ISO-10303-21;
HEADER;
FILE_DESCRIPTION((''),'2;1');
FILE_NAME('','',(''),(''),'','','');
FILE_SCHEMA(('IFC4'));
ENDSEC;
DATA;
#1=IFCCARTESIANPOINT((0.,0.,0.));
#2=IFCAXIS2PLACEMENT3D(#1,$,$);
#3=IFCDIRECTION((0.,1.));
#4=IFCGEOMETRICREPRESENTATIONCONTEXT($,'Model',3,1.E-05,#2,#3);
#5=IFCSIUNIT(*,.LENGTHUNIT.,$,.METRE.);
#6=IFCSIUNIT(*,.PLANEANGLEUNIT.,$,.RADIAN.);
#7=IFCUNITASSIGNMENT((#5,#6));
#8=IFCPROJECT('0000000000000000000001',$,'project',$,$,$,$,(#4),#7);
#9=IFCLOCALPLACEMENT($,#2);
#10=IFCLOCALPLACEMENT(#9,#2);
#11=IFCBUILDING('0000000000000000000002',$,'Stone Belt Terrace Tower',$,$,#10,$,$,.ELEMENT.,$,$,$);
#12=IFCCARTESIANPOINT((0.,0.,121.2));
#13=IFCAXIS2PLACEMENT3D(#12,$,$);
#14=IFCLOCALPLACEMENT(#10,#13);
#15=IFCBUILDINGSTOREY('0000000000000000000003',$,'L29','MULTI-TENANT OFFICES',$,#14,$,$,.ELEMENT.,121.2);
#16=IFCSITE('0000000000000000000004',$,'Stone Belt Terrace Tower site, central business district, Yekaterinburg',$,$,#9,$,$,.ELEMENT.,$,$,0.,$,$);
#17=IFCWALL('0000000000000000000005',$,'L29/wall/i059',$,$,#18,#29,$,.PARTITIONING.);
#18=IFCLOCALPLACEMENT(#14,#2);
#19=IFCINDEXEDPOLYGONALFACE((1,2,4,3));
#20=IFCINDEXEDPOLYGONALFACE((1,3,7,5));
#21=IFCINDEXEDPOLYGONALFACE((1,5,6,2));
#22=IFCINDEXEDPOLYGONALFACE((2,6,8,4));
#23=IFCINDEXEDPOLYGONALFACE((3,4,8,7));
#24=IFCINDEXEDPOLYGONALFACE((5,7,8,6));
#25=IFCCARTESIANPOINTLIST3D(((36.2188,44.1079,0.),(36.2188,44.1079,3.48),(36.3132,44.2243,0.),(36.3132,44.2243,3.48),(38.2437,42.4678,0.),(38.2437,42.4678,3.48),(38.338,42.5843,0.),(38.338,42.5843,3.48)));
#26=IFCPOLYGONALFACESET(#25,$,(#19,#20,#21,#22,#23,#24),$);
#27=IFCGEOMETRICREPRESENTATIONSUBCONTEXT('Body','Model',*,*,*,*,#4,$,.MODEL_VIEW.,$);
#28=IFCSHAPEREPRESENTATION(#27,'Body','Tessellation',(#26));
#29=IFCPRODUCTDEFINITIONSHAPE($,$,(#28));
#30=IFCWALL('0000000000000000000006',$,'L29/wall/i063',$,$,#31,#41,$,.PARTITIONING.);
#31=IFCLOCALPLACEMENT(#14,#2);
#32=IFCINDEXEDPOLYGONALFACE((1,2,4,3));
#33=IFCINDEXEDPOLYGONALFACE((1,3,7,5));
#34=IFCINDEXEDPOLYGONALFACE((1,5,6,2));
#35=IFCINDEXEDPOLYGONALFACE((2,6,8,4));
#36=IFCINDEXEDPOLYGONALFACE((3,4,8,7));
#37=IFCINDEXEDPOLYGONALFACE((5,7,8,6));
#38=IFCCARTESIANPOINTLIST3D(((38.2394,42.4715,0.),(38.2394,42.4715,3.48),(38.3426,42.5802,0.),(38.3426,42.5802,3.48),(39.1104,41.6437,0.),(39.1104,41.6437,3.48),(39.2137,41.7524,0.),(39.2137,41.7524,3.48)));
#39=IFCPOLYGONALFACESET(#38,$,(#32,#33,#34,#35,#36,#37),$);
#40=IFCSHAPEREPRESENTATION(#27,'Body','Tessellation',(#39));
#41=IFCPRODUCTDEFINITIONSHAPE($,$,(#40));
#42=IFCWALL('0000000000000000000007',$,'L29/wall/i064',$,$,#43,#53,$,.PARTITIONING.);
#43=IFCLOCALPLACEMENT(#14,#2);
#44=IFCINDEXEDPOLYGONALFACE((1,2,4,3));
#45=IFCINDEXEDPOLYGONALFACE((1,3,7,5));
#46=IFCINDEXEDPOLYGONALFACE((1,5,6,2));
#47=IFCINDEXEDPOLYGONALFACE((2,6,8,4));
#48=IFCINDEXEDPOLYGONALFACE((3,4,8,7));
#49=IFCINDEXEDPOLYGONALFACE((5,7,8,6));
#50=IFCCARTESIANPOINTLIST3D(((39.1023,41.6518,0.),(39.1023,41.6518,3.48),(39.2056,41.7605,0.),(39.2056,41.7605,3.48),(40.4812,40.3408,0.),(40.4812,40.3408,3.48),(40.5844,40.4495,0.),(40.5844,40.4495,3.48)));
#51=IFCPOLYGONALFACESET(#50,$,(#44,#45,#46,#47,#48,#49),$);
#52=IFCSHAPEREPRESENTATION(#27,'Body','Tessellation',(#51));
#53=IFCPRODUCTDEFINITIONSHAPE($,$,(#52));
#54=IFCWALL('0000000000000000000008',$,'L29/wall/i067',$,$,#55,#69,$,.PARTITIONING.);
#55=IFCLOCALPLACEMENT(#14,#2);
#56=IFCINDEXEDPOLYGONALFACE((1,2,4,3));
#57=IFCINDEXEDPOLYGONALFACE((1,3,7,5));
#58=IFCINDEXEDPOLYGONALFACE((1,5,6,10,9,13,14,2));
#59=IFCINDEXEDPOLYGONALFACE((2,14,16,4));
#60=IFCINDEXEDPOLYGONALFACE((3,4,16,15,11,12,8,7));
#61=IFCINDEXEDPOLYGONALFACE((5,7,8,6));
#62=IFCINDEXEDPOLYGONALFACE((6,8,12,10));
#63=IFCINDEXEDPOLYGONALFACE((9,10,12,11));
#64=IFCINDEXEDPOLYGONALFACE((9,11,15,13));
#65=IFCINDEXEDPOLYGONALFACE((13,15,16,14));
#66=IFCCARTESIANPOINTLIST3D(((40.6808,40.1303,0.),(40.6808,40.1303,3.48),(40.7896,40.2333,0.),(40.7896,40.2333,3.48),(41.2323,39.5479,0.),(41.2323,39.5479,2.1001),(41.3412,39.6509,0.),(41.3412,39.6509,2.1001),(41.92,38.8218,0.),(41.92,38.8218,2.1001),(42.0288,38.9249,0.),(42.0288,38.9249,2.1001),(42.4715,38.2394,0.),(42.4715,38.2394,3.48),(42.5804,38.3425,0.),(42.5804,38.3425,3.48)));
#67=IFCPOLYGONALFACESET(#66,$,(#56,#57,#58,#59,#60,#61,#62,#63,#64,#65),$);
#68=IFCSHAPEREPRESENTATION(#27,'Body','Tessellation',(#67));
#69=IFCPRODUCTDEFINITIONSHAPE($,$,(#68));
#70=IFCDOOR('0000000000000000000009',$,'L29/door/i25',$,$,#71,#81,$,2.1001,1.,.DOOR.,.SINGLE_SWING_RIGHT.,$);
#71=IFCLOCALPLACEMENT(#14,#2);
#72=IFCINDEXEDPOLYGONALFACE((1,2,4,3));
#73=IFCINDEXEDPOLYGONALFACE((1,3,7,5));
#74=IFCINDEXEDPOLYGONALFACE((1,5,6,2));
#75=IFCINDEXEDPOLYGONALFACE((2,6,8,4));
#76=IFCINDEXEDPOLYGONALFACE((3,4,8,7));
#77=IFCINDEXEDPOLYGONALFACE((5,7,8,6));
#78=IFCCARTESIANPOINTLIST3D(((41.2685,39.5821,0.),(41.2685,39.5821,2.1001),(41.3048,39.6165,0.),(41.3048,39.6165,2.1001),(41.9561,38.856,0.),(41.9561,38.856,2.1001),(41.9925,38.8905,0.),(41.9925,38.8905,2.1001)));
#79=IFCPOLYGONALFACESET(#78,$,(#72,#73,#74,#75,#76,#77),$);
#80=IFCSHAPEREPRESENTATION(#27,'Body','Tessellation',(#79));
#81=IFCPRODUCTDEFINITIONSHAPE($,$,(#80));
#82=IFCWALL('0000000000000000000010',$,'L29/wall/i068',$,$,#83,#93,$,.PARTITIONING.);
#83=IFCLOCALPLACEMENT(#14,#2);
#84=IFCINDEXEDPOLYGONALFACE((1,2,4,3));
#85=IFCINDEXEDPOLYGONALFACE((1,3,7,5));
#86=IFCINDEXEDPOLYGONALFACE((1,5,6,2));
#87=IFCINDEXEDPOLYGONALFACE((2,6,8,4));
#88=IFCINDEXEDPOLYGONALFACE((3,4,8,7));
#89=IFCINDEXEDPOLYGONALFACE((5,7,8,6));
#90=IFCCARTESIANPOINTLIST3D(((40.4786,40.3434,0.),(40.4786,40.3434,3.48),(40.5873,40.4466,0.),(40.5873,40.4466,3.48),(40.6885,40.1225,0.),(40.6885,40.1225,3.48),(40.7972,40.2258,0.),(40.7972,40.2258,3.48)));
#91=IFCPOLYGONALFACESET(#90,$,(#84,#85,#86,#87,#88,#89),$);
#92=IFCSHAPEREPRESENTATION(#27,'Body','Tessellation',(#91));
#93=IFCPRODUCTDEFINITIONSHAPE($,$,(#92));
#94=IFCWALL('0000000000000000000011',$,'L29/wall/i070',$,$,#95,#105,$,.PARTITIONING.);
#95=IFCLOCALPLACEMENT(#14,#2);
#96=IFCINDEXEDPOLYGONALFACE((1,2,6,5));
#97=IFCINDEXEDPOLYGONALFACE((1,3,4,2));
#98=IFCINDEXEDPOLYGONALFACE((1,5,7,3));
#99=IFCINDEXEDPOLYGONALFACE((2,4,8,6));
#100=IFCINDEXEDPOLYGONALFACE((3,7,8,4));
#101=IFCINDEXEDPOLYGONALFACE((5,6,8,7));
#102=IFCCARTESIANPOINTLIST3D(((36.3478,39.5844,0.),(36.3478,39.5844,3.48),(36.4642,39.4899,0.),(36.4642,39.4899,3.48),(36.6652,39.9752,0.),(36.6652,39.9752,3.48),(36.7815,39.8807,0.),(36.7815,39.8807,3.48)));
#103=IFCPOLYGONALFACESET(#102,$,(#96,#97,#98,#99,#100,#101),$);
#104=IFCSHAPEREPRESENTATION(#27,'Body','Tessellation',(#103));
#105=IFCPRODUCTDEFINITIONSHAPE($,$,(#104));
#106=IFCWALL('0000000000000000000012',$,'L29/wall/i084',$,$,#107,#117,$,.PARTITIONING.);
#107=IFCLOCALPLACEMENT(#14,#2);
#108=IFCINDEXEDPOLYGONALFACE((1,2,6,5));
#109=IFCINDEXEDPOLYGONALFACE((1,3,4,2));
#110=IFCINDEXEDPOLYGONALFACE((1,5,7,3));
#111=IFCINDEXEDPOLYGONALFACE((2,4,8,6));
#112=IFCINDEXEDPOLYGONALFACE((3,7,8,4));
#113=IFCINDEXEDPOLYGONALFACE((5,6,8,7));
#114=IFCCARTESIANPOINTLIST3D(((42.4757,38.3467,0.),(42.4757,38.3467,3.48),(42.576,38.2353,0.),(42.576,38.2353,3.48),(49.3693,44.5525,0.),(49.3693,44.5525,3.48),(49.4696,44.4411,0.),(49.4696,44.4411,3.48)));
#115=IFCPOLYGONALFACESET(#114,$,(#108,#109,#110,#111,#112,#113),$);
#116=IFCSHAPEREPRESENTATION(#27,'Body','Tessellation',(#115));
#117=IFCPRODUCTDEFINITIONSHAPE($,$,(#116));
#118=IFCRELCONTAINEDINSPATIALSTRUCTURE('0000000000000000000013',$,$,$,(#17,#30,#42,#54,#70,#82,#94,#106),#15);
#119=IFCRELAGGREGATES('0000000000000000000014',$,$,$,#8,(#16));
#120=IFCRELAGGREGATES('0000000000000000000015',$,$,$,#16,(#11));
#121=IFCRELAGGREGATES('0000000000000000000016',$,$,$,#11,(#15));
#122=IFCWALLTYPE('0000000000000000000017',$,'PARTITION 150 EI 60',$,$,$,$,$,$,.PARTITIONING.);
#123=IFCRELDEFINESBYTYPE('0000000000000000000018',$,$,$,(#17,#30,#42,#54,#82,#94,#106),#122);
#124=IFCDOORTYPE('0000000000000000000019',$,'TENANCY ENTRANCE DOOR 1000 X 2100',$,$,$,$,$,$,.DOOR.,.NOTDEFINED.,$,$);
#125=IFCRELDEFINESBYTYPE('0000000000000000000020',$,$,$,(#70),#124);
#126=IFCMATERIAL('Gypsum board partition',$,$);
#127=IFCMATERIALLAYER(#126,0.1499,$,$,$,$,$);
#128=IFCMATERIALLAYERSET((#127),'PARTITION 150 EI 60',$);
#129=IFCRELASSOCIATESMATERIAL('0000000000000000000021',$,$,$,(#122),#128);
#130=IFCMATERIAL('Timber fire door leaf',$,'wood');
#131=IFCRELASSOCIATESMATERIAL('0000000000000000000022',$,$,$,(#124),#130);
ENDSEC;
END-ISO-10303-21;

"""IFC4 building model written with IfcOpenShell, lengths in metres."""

from ifc_helpers import new_model, si_unit, direction, frame, frame_2d, origin, place, context, subcontext, project, spatial, rectangle, extrude, material, layer, layer_set, type_object, element, fill, save


model = new_model("IFC4")

# Units and contexts
model_context = context("Model", 3, precision=1e-05, world=origin(), true_north=direction((0.0, 1.0)))
body_context = subcontext(model_context, "Body", "Model", "MODEL_VIEW")
ifc_project = project(units=[si_unit("LENGTHUNIT", "METRE"), si_unit("PLANEANGLEUNIT", "RADIAN")], contexts=[model_context])

# Site, building, storey
site_placement = place(None, origin())
site = spatial("IfcSite", under=ifc_project, at=site_placement, Name="Stone Belt Terrace Tower site, central business district, Yekaterinburg", CompositionType="ELEMENT", RefElevation=0.0)
building_placement = place(site_placement, origin())
building = spatial("IfcBuilding", under=site, at=building_placement, Name="Stone Belt Terrace Tower", CompositionType="ELEMENT")
storey_placement = place(building_placement, frame((0.0, 0.0, 121.2)))
storey = spatial("IfcBuildingStorey", under=building, at=storey_placement, Name="L29", Description="MULTI-TENANT OFFICES", CompositionType="ELEMENT", Elevation=121.2)

# Shared definitions
ifc_material_1 = material(Name="Gypsum board partition")

# Shared definitions
ifc_layer_1 = layer(ifc_material_1, 0.1499)
ifc_layer_set_1 = layer_set([ifc_layer_1], Name="PARTITION 150 EI 60")
wall_type_1 = type_object("IfcWallType", Name="PARTITION 150 EI 60", PredefinedType="PARTITIONING", material=ifc_layer_set_1)
ifc_material_2 = material(Name="Timber fire door leaf", Category="wood")
door_type_1 = type_object("IfcDoorType", Name="TENANCY ENTRANCE DOOR 1000 X 2100", OperationType="NOTDEFINED", PredefinedType="DOOR", material=ifc_material_2)

# Walls
wall_1_placement = place(storey_placement, frame((36.2661, 44.166, 0.0), z_axis=(0.0, 0.0, 1.0), x_axis=(0.77707, -0.629414, 0.0)))
element("IfcWall", 1, at=wall_1_placement, inside=storey, type_object=wall_type_1, Name="L29/wall/i059", PredefinedType="PARTITIONING", context=body_context, shape_type="SweptSolid", body=[
    extrude(rectangle(XDim=2.6057, YDim=0.1499, at=frame_2d((1.3027, 0.0))), origin(), (0.0, 0.0, 1.0), 3.48),
])
wall_2_placement = place(storey_placement, frame((38.291, 42.5259, 0.0), z_axis=(0.0, 0.0, 1.0), x_axis=(0.724857, -0.688899, 0.0)))
element("IfcWall", 2, at=wall_2_placement, inside=storey, type_object=wall_type_1, Name="L29/wall/i063", PredefinedType="PARTITIONING", context=body_context, shape_type="SweptSolid", body=[
    extrude(rectangle(XDim=1.2017, YDim=0.1499, at=frame_2d((0.6008, 0.0))), origin(), (0.0, 0.0, 1.0), 3.48),
])
wall_3_placement = place(storey_placement, frame((39.1541, 41.7061, 0.0), z_axis=(0.0, 0.0, 1.0), x_axis=(0.724717, -0.689046, 0.0)))
element("IfcWall", 3, at=wall_3_placement, inside=storey, type_object=wall_type_1, Name="L29/wall/i064", PredefinedType="PARTITIONING", context=body_context, shape_type="SweptSolid", body=[
    extrude(rectangle(XDim=1.9026, YDim=0.1499, at=frame_2d((0.9512, 0.0))), origin(), (0.0, 0.0, 1.0), 3.48),
])

# Wall, opening, door
wall_4_placement = place(storey_placement, frame((40.7351, 40.1819, 0.0), z_axis=(0.0, 0.0, 1.0), x_axis=(0.687628, -0.726064, 0.0)))
wall_4 = element("IfcWall", 4, at=wall_4_placement, inside=storey, type_object=wall_type_1, Name="L29/wall/i067", PredefinedType="PARTITIONING", context=body_context, shape_type="SweptSolid", body=[
    extrude(rectangle(XDim=2.6042, YDim=0.1499, at=frame_2d((1.3022, 0.0))), origin(), (0.0, 0.0, 1.0), 3.48),
])
opening_1_placement = place(wall_4_placement, frame((0.8022, 0.0, 0.0)))
opening_1 = element("IfcOpeningElement", 5, at=opening_1_placement, cuts=wall_4, PredefinedType="OPENING", context=body_context, shape_type="SweptSolid", body=[
    extrude(rectangle(XDim=1.0, YDim=2.1001, at=frame_2d((0.5, 1.05))), frame((0.0, 0.085, 0.0), z_axis=(0.0, -1.0, 0.0), x_axis=(1.0, 0.0, 0.0)), (0.0, 0.0, 1.0), 0.1699),
])
door_1_placement = place(opening_1_placement, origin())
door_1 = element("IfcDoor", 6, at=door_1_placement, inside=storey, type_object=door_type_1, Name="L29/door/i25", OperationType="SINGLE_SWING_RIGHT", OverallHeight=2.1001, OverallWidth=1.0, PredefinedType="DOOR", context=body_context, shape_type="SweptSolid", body=[
    extrude(rectangle(XDim=1.0, YDim=2.1001, at=frame_2d((0.5, 1.05))), frame((0.0, 0.0249, 0.0), z_axis=(0.0, -1.0, 0.0), x_axis=(1.0, 0.0, 0.0)), (0.0, 0.0, 1.0), 0.05),
])
fill(opening_1, door_1)

# Walls
wall_5_placement = place(storey_placement, frame((40.533, 40.395, 0.0), z_axis=(0.0, 0.0, 1.0), x_axis=(0.688855, -0.724899, 0.0)))
element("IfcWall", 7, at=wall_5_placement, inside=storey, type_object=wall_type_1, Name="L29/wall/i068", PredefinedType="PARTITIONING", context=body_context, shape_type="SweptSolid", body=[
    extrude(rectangle(XDim=0.3047, YDim=0.1499, at=frame_2d((0.1523, 0.0))), origin(), (0.0, 0.0, 1.0), 3.48),
])
wall_6_placement = place(storey_placement, frame((36.406, 39.5371, 0.0), z_axis=(0.0, 0.0, 1.0), x_axis=(0.630355, 0.776307, 0.0)))
element("IfcWall", 8, at=wall_6_placement, inside=storey, type_object=wall_type_1, Name="L29/wall/i070", PredefinedType="PARTITIONING", context=body_context, shape_type="SweptSolid", body=[
    extrude(rectangle(XDim=0.5034, YDim=0.1499, at=frame_2d((0.2517, 0.0))), origin(), (0.0, 0.0, 1.0), 3.48),
])
wall_7_placement = place(storey_placement, frame((49.4194, 44.4968, 0.0), z_axis=(0.0, 0.0, 1.0), x_axis=(-0.743208, -0.669061, 0.0)))
element("IfcWall", 9, at=wall_7_placement, inside=storey, type_object=wall_type_1, Name="L29/wall/i084", PredefinedType="PARTITIONING", context=body_context, shape_type="SweptSolid", body=[
    extrude(rectangle(XDim=9.2754, YDim=0.1499, at=frame_2d((4.6377, 0.0))), origin(), (0.0, 0.0, 1.0), 3.48),
])

save(model, "model.ifc")
